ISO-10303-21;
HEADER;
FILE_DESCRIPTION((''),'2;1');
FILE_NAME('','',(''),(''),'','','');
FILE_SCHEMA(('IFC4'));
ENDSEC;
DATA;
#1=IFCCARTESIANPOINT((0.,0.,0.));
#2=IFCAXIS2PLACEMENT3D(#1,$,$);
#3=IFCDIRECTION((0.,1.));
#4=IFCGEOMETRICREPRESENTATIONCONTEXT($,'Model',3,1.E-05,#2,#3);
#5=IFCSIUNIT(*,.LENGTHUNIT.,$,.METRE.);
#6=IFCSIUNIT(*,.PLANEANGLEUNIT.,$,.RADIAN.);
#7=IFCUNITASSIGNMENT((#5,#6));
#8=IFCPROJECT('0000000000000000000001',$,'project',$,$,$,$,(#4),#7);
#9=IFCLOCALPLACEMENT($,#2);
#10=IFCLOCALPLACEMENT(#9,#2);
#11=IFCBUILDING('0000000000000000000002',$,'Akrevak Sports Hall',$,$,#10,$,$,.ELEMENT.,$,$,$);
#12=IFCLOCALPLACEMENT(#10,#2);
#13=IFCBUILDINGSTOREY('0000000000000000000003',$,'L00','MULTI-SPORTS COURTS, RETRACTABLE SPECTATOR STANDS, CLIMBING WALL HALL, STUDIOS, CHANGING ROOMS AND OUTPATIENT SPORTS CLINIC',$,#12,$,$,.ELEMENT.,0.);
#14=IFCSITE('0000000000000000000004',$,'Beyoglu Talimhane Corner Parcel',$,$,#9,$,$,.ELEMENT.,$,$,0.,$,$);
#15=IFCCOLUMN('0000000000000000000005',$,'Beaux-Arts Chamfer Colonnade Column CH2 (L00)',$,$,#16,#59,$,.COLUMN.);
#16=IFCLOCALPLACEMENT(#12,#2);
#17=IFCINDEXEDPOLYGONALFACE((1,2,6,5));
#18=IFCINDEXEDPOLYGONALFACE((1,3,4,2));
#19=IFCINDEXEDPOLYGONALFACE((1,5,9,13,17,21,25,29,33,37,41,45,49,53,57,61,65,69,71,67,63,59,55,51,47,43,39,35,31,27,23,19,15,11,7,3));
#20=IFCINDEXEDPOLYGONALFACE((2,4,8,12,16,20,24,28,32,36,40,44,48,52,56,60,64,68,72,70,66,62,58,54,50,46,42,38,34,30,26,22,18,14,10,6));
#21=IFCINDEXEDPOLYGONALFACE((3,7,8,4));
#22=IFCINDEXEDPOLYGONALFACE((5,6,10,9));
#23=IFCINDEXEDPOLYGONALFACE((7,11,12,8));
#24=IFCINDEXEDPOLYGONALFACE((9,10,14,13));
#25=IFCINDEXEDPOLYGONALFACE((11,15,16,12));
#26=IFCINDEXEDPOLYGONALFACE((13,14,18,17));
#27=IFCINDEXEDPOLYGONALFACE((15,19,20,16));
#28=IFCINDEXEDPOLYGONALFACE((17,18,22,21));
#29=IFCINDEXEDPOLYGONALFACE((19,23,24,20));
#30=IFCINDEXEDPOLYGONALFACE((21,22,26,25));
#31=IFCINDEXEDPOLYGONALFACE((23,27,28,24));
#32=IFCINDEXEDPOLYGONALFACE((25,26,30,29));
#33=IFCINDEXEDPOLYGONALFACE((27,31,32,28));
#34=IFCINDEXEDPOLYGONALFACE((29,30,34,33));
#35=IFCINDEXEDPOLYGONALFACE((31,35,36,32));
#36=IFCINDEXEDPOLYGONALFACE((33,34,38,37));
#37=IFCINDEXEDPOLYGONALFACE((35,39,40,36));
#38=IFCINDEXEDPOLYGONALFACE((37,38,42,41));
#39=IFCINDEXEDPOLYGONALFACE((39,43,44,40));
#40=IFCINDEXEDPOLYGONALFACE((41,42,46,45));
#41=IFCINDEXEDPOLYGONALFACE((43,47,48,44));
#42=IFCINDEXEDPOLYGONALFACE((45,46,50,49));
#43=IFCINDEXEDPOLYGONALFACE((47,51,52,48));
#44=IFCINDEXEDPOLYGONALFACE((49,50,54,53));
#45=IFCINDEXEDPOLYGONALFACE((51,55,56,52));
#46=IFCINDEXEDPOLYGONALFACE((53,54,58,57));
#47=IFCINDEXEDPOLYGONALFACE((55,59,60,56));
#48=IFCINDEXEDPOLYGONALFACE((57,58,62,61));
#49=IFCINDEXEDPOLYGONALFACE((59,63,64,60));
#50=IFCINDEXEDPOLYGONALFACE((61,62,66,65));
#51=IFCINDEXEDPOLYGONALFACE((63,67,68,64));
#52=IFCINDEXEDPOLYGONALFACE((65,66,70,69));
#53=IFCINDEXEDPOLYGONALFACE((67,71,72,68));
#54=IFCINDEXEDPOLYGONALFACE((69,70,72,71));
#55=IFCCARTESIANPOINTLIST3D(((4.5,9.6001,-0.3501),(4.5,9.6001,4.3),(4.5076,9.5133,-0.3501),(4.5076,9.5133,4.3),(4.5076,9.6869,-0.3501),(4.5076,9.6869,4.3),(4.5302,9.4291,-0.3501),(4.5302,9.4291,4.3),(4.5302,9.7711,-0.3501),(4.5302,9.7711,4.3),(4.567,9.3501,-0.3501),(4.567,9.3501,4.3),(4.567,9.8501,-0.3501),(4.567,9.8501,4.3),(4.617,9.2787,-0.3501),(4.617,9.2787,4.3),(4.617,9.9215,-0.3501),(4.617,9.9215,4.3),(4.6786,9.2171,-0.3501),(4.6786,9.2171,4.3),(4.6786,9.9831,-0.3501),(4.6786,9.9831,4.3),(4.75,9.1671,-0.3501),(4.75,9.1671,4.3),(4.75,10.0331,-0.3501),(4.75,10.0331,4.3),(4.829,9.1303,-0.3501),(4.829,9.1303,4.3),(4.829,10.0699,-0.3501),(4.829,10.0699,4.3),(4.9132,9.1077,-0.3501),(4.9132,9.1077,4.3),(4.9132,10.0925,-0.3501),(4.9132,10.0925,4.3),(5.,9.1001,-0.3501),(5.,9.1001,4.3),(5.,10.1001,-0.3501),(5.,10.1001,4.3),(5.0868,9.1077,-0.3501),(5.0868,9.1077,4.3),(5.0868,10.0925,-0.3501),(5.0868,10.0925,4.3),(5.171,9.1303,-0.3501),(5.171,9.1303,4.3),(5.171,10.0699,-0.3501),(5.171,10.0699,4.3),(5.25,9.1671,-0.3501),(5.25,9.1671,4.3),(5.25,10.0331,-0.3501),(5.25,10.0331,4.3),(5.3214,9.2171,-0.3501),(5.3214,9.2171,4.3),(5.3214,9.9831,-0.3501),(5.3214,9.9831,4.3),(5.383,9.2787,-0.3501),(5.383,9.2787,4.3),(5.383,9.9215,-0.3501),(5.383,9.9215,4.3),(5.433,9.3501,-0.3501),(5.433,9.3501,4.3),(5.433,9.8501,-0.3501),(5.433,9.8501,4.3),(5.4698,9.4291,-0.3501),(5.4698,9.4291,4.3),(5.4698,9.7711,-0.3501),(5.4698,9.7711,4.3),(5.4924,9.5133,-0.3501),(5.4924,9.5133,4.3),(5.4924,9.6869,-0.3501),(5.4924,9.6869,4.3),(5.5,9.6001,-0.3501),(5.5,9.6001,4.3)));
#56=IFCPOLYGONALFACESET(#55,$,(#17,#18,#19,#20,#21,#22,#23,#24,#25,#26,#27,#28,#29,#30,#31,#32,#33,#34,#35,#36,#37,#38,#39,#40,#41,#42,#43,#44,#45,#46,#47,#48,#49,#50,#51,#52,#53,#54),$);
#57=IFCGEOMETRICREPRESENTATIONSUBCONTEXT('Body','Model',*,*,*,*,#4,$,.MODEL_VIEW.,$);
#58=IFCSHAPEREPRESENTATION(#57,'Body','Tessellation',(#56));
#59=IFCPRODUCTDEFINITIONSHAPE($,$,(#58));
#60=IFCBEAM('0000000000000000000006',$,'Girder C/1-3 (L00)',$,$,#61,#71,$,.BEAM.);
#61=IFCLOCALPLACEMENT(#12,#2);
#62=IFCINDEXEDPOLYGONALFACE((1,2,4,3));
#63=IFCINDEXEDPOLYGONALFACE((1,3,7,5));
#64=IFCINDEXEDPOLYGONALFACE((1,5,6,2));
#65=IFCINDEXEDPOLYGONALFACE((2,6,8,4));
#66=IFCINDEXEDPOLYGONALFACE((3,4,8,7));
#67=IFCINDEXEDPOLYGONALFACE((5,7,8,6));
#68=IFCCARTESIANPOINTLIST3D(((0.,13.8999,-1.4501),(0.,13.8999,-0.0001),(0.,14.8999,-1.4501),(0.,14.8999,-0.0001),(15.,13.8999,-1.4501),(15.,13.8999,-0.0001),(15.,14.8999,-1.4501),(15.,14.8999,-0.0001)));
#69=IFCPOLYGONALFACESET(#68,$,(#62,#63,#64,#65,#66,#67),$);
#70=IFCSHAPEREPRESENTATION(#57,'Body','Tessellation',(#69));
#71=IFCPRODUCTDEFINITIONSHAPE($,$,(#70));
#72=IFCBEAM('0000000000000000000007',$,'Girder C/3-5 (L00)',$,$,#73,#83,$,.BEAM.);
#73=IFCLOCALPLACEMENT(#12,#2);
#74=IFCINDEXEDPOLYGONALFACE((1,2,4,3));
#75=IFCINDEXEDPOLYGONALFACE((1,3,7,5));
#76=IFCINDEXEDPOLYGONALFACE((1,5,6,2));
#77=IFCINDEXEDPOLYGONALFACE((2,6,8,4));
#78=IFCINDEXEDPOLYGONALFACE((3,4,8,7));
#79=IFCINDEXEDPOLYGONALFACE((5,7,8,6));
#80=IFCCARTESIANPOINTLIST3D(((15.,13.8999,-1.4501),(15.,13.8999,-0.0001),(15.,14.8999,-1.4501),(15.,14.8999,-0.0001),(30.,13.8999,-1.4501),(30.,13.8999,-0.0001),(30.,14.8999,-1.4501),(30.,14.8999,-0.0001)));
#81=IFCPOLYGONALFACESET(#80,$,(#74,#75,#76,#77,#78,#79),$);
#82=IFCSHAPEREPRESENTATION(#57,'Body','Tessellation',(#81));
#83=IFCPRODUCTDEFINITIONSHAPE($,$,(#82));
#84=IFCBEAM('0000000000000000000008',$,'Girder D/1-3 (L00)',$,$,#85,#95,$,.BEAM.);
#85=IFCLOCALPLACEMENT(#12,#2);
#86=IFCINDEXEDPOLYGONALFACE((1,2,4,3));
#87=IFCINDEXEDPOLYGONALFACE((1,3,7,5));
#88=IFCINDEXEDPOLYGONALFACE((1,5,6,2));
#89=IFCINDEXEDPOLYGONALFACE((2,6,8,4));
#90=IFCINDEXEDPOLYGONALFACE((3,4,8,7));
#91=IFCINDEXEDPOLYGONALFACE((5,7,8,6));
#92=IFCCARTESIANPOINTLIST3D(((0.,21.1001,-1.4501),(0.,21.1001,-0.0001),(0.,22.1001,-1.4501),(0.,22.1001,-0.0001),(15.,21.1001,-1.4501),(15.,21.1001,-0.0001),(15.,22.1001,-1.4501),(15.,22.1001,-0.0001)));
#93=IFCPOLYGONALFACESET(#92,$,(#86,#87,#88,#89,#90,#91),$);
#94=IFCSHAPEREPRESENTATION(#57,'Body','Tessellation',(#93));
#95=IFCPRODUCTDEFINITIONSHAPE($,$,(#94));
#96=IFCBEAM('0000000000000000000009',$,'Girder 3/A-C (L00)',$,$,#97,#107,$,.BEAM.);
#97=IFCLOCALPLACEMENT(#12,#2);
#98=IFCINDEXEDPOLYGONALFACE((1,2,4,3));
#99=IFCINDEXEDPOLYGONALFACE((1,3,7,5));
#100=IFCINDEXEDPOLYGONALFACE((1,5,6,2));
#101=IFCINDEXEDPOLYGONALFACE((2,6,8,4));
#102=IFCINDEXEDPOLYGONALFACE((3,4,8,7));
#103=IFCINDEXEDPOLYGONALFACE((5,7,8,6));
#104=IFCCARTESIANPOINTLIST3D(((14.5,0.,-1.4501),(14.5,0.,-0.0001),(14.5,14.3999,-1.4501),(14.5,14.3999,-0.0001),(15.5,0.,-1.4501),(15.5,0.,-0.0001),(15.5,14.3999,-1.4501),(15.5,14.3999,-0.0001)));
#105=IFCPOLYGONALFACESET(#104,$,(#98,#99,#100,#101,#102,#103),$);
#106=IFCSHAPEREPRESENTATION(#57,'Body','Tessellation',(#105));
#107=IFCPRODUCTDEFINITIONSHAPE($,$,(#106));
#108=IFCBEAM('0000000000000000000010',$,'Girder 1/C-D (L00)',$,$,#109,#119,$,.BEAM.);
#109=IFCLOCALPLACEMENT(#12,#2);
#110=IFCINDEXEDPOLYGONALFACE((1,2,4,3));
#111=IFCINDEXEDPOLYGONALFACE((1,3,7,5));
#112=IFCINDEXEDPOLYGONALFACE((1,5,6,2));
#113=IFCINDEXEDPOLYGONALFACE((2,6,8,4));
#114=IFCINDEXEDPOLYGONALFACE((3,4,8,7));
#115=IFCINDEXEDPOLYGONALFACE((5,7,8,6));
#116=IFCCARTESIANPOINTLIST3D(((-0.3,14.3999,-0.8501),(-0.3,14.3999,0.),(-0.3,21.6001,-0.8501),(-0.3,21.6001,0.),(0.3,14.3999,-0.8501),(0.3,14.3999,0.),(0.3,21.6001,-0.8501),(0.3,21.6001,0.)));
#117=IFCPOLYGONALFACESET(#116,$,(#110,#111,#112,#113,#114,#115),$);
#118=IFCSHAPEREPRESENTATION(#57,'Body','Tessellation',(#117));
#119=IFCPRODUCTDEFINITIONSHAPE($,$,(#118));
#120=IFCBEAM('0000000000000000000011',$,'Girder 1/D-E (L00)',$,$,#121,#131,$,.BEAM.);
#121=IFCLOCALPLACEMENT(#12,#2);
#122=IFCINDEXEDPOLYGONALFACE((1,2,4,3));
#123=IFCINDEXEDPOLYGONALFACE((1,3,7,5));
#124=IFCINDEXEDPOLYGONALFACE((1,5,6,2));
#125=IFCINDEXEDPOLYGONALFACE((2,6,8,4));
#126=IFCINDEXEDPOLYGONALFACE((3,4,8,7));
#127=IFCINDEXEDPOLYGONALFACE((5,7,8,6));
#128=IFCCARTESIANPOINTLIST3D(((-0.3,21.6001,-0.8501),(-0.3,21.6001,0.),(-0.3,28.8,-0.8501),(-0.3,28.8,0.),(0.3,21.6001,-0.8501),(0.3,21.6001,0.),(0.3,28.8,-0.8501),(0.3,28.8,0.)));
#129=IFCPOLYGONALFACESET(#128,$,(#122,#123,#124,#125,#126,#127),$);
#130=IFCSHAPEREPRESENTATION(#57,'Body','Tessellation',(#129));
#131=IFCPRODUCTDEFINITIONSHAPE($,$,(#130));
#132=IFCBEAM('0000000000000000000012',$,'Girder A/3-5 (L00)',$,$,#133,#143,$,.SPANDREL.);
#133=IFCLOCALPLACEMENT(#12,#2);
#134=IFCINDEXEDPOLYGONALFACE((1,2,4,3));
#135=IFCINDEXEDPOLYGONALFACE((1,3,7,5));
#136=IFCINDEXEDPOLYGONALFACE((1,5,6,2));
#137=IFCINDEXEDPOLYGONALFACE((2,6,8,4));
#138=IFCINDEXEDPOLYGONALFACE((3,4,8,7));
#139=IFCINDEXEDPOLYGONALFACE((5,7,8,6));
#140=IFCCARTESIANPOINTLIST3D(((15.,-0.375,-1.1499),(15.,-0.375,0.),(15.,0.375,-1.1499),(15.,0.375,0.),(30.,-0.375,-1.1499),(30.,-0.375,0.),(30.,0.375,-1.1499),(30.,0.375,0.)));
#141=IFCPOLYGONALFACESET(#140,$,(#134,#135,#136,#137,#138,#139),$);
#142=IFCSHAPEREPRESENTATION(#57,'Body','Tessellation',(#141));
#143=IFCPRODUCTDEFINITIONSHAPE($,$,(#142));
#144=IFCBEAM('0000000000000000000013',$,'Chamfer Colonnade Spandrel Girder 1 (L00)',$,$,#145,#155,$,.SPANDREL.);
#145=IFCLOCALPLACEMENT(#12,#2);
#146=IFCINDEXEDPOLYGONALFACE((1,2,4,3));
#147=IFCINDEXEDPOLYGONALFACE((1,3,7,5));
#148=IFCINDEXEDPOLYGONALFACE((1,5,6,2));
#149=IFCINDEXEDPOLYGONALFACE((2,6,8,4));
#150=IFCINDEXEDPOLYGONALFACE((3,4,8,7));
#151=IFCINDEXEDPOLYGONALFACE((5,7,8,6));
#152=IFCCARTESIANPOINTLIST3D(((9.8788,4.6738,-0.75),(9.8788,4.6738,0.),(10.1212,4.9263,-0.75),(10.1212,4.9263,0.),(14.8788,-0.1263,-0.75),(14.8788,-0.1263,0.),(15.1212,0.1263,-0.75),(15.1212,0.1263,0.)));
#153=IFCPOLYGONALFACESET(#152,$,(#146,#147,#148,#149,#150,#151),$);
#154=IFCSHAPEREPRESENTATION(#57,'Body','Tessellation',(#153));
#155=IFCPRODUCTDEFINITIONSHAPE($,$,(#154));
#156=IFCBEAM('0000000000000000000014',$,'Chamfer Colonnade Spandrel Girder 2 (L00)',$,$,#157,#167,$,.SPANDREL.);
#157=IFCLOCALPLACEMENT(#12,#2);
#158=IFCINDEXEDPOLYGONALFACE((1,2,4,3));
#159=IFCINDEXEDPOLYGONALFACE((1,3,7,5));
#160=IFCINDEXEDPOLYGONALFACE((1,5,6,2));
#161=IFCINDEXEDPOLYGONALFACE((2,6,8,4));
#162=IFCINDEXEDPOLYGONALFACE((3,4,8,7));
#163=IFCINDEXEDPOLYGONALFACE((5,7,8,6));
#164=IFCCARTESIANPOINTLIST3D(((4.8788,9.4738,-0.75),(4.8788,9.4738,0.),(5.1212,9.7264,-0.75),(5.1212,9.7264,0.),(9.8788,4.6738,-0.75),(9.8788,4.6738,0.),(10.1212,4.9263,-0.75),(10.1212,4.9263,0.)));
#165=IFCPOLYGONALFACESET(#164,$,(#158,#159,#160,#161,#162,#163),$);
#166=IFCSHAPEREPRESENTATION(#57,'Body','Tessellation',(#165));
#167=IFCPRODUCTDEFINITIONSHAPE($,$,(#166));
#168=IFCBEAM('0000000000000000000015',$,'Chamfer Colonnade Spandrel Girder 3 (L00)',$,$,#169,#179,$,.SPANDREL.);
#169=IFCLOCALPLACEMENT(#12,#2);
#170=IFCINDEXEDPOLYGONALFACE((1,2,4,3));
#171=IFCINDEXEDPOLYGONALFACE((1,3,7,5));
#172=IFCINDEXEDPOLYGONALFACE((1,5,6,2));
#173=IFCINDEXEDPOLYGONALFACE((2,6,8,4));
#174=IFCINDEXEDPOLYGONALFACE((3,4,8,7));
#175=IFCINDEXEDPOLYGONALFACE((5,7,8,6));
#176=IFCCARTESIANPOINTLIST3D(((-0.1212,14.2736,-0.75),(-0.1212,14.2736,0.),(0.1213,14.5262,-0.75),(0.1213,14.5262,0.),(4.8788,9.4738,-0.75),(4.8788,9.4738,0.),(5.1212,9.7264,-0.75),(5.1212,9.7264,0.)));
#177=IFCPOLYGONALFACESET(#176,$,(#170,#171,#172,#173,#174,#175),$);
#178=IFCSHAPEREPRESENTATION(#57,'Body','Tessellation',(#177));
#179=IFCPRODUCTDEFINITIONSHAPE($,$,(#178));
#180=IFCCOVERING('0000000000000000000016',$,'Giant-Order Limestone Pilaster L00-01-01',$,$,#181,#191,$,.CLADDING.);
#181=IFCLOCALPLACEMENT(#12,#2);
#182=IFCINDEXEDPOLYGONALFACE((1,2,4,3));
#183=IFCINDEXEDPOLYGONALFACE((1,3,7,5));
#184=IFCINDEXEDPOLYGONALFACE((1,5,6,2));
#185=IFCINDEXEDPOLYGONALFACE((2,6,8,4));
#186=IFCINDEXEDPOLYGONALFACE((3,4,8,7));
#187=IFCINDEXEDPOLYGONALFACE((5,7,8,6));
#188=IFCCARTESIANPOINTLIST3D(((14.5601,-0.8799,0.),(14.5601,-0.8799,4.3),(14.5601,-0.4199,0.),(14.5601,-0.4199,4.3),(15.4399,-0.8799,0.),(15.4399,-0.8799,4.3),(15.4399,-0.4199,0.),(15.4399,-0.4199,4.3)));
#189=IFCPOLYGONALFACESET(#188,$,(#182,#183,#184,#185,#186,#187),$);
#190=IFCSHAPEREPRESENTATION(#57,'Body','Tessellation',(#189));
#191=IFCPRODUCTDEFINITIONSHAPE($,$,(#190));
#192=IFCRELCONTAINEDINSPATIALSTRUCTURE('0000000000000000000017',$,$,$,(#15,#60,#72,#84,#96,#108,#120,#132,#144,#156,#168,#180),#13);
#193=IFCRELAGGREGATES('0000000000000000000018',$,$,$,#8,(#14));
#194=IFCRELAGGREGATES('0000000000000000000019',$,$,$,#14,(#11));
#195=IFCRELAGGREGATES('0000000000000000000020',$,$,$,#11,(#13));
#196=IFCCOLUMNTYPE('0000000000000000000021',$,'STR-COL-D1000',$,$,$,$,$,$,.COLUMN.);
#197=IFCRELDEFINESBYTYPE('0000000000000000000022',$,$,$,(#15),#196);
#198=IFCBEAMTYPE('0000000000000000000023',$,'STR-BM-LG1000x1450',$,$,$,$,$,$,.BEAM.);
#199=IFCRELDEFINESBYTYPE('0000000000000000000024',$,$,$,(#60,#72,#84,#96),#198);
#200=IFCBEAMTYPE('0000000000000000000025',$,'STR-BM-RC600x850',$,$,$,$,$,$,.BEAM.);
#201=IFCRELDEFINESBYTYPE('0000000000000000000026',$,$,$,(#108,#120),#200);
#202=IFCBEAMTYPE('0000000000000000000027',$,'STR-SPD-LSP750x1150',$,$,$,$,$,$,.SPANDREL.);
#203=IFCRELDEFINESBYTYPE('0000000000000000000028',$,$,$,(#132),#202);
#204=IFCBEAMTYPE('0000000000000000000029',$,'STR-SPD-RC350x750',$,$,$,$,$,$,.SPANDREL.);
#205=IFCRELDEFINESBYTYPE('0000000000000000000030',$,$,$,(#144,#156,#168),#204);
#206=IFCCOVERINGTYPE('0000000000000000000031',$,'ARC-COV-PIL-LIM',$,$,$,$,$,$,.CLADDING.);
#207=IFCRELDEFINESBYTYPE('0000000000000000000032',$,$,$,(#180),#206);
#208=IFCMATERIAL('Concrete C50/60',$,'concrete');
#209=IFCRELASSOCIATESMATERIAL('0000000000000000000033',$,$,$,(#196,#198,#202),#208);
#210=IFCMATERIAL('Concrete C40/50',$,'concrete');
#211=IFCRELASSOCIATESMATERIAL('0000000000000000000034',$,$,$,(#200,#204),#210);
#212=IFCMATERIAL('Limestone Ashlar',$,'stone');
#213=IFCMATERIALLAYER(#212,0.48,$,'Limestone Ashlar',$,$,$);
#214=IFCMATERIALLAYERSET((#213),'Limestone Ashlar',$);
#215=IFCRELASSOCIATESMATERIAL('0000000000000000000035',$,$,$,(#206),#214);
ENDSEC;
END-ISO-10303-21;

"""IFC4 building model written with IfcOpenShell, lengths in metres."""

from ifc_helpers import new_model, si_unit, direction, frame, origin, origin_2d, place, context, subcontext, project, spatial, rectangle, circle, extrude, material, layer, layer_set, material_profile, profile_set, type_object, element, save


model = new_model("IFC4")

# Units and contexts
model_context = context("Model", 3, precision=1e-05, world=origin(), true_north=direction((0.0, 1.0)))
body_context = subcontext(model_context, "Body", "Model", "MODEL_VIEW")
ifc_project = project(units=[si_unit("LENGTHUNIT", "METRE"), si_unit("PLANEANGLEUNIT", "RADIAN")], contexts=[model_context])

# Site, building, storey
site_placement = place(None, origin())
site = spatial("IfcSite", under=ifc_project, at=site_placement, Name="Beyoglu Talimhane Corner Parcel", CompositionType="ELEMENT", RefElevation=0.0)
building_placement = place(site_placement, origin())
building = spatial("IfcBuilding", under=site, at=building_placement, Name="Akrevak Sports Hall", CompositionType="ELEMENT")
storey_placement = place(building_placement, origin())
storey = spatial("IfcBuildingStorey", under=building, at=storey_placement, Name="L00", Description="MULTI-SPORTS COURTS, RETRACTABLE SPECTATOR STANDS, CLIMBING WALL HALL, STUDIOS, CHANGING ROOMS AND OUTPATIENT SPORTS CLINIC", CompositionType="ELEMENT", Elevation=0.0)

# Column
ifc_material_1 = material(Name="Concrete C50/60", Category="concrete")
ifc_material_profile_1 = material_profile(ifc_material_1, circle(Radius=0.5, at=origin_2d()), Name="COL D1000", Category="concrete")
ifc_profile_set_1 = profile_set([ifc_material_profile_1], Name="Concrete C50/60")
column_type = type_object("IfcColumnType", Name="STR-COL-D1000", PredefinedType="COLUMN", material=ifc_profile_set_1)
for number, where, z_axis, x_axis, name in (
    (1, (5.0, 9.6001, -0.3501), (0.0, 0.0, 1.0), (1.0, 0.0, 0.0), "Beaux-Arts Chamfer Colonnade Column CH2 (L00)"),
):
    element("IfcColumn", number, at=place(storey_placement, frame(where, z_axis=z_axis, x_axis=x_axis)), inside=storey, type_object=column_type, Name=name, PredefinedType="COLUMN", context=body_context, shape_type="SweptSolid", body=[
        extrude(circle(Radius=0.5, at=origin_2d()), origin(), (0.0, 0.0, 1.0), 4.6501),
    ])

# Beams
ifc_material_profile_2 = material_profile(ifc_material_1, rectangle(XDim=1.0, YDim=1.45, at=origin_2d()), Name="BM 1000x1450", Category="concrete")
ifc_profile_set_2 = profile_set([ifc_material_profile_2], Name="Concrete C50/60")
beam_type_1 = type_object("IfcBeamType", Name="STR-BM-LG1000x1450", PredefinedType="BEAM", material=ifc_profile_set_2)
for number, where, z_axis, x_axis, name in (
    (2, (0.0, 14.3999, -0.7251), (1.0, 0.0, 0.0), (0.0, 1.0, 0.0), "Girder C/1-3 (L00)"),
    (3, (15.0, 14.3999, -0.7251), (1.0, 0.0, 0.0), (0.0, 1.0, 0.0), "Girder C/3-5 (L00)"),
    (4, (0.0, 21.6001, -0.7251), (1.0, 0.0, 0.0), (0.0, 1.0, 0.0), "Girder D/1-3 (L00)"),
):
    element("IfcBeam", number, at=place(storey_placement, frame(where, z_axis=z_axis, x_axis=x_axis)), inside=storey, type_object=beam_type_1, Name=name, PredefinedType="BEAM", context=body_context, shape_type="SweptSolid", body=[
        extrude(rectangle(XDim=1.0, YDim=1.45, at=origin_2d()), origin(), (0.0, 0.0, 1.0), 15.0),
    ])
beam_1_placement = place(storey_placement, frame((15.0, 0.0, -0.7251), z_axis=(0.0, 1.0, 0.0), x_axis=(-1.0, 0.0, 0.0)))
element("IfcBeam", 5, at=beam_1_placement, inside=storey, type_object=beam_type_1, Name="Girder 3/A-C (L00)", PredefinedType="BEAM", context=body_context, shape_type="SweptSolid", body=[
    extrude(rectangle(XDim=1.0, YDim=1.45, at=origin_2d()), origin(), (0.0, 0.0, 1.0), 14.3999),
])
ifc_material_2 = material(Name="Concrete C40/50", Category="concrete")
ifc_material_profile_3 = material_profile(ifc_material_2, rectangle(XDim=0.6001, YDim=0.8501, at=origin_2d()), Name="BM 600x850", Category="concrete")
ifc_profile_set_3 = profile_set([ifc_material_profile_3], Name="Concrete C40/50")
beam_type_2 = type_object("IfcBeamType", Name="STR-BM-RC600x850", PredefinedType="BEAM", material=ifc_profile_set_3)
beam_2_placement = place(storey_placement, frame((0.0, 14.3999, -0.425), z_axis=(0.0, 1.0, 0.0), x_axis=(-1.0, 0.0, 0.0)))
element("IfcBeam", 6, at=beam_2_placement, inside=storey, type_object=beam_type_2, Name="Girder 1/C-D (L00)", PredefinedType="BEAM", context=body_context, shape_type="SweptSolid", body=[
    extrude(rectangle(XDim=0.6001, YDim=0.8501, at=origin_2d()), origin(), (0.0, 0.0, 1.0), 7.2002),
])
beam_3_placement = place(storey_placement, frame((0.0, 21.6001, -0.425), z_axis=(0.0, 1.0, 0.0), x_axis=(-1.0, 0.0, 0.0)))
element("IfcBeam", 7, at=beam_3_placement, inside=storey, type_object=beam_type_2, Name="Girder 1/D-E (L00)", PredefinedType="BEAM", context=body_context, shape_type="SweptSolid", body=[
    extrude(rectangle(XDim=0.6001, YDim=0.8501, at=origin_2d()), origin(), (0.0, 0.0, 1.0), 7.2),
])
ifc_material_profile_4 = material_profile(ifc_material_1, rectangle(XDim=0.75, YDim=1.1499, at=origin_2d()), Name="SPD 750x1150", Category="concrete")
ifc_profile_set_4 = profile_set([ifc_material_profile_4], Name="Concrete C50/60")
beam_type_3 = type_object("IfcBeamType", Name="STR-SPD-LSP750x1150", PredefinedType="SPANDREL", material=ifc_profile_set_4)
beam_4_placement = place(storey_placement, frame((15.0, 0.0, -0.575), z_axis=(1.0, 0.0, 0.0), x_axis=(0.0, 1.0, 0.0)))
element("IfcBeam", 8, at=beam_4_placement, inside=storey, type_object=beam_type_3, Name="Girder A/3-5 (L00)", PredefinedType="SPANDREL", context=body_context, shape_type="SweptSolid", body=[
    extrude(rectangle(XDim=0.75, YDim=1.1499, at=origin_2d()), origin(), (0.0, 0.0, 1.0), 15.0),
])
ifc_material_profile_5 = material_profile(ifc_material_2, rectangle(XDim=0.3501, YDim=0.75, at=origin_2d()), Name="SPD 350x750", Category="concrete")
ifc_profile_set_5 = profile_set([ifc_material_profile_5], Name="Concrete C40/50")
beam_type_4 = type_object("IfcBeamType", Name="STR-SPD-RC350x750", PredefinedType="SPANDREL", material=ifc_profile_set_5)
for number, where, z_axis, x_axis, name in (
    (9, (15.0, 0.0, -0.375), (-0.721384, 0.692535, 0.0), (-0.692535, -0.721384, 0.0), "Chamfer Colonnade Spandrel Girder 1 (L00)"),
    (10, (10.0, 4.8, -0.375), (-0.721384, 0.692535, 0.0), (-0.692535, -0.721384, 0.0), "Chamfer Colonnade Spandrel Girder 2 (L00)"),
):
    element("IfcBeam", number, at=place(storey_placement, frame(where, z_axis=z_axis, x_axis=x_axis)), inside=storey, type_object=beam_type_4, Name=name, PredefinedType="SPANDREL", context=body_context, shape_type="SweptSolid", body=[
        extrude(rectangle(XDim=0.3501, YDim=0.75, at=origin_2d()), origin(), (0.0, 0.0, 1.0), 6.9312),
    ])
beam_5_placement = place(storey_placement, frame((5.0, 9.6001, -0.375), z_axis=(-0.721401, 0.692517, 0.0), x_axis=(-0.692517, -0.721401, 0.0)))
element("IfcBeam", 11, at=beam_5_placement, inside=storey, type_object=beam_type_4, Name="Chamfer Colonnade Spandrel Girder 3 (L00)", PredefinedType="SPANDREL", context=body_context, shape_type="SweptSolid", body=[
    extrude(rectangle(XDim=0.3501, YDim=0.75, at=origin_2d()), origin(), (0.0, 0.0, 1.0), 6.9309),
])

# Covering
ifc_material_3 = material(Name="Limestone Ashlar", Category="stone")
ifc_layer = layer(ifc_material_3, 0.48, Name="Limestone Ashlar")
ifc_layer_set = layer_set([ifc_layer], Name="Limestone Ashlar")
covering_type = type_object("IfcCoveringType", Name="ARC-COV-PIL-LIM", PredefinedType="CLADDING", material=ifc_layer_set)
for number, where, z_axis, x_axis, name in (
    (12, (15.0, -0.6499, 0.0), (0.0, 0.0, 1.0), (1.0, 0.0, 0.0), "Giant-Order Limestone Pilaster L00-01-01"),
):
    element("IfcCovering", number, at=place(storey_placement, frame(where, z_axis=z_axis, x_axis=x_axis)), inside=storey, type_object=covering_type, Name=name, PredefinedType="CLADDING", context=body_context, shape_type="SweptSolid", body=[
        extrude(rectangle(XDim=0.8799, YDim=0.46, at=origin_2d()), origin(), (0.0, 0.0, 1.0), 4.3),
    ])

save(model, "model.ifc")
